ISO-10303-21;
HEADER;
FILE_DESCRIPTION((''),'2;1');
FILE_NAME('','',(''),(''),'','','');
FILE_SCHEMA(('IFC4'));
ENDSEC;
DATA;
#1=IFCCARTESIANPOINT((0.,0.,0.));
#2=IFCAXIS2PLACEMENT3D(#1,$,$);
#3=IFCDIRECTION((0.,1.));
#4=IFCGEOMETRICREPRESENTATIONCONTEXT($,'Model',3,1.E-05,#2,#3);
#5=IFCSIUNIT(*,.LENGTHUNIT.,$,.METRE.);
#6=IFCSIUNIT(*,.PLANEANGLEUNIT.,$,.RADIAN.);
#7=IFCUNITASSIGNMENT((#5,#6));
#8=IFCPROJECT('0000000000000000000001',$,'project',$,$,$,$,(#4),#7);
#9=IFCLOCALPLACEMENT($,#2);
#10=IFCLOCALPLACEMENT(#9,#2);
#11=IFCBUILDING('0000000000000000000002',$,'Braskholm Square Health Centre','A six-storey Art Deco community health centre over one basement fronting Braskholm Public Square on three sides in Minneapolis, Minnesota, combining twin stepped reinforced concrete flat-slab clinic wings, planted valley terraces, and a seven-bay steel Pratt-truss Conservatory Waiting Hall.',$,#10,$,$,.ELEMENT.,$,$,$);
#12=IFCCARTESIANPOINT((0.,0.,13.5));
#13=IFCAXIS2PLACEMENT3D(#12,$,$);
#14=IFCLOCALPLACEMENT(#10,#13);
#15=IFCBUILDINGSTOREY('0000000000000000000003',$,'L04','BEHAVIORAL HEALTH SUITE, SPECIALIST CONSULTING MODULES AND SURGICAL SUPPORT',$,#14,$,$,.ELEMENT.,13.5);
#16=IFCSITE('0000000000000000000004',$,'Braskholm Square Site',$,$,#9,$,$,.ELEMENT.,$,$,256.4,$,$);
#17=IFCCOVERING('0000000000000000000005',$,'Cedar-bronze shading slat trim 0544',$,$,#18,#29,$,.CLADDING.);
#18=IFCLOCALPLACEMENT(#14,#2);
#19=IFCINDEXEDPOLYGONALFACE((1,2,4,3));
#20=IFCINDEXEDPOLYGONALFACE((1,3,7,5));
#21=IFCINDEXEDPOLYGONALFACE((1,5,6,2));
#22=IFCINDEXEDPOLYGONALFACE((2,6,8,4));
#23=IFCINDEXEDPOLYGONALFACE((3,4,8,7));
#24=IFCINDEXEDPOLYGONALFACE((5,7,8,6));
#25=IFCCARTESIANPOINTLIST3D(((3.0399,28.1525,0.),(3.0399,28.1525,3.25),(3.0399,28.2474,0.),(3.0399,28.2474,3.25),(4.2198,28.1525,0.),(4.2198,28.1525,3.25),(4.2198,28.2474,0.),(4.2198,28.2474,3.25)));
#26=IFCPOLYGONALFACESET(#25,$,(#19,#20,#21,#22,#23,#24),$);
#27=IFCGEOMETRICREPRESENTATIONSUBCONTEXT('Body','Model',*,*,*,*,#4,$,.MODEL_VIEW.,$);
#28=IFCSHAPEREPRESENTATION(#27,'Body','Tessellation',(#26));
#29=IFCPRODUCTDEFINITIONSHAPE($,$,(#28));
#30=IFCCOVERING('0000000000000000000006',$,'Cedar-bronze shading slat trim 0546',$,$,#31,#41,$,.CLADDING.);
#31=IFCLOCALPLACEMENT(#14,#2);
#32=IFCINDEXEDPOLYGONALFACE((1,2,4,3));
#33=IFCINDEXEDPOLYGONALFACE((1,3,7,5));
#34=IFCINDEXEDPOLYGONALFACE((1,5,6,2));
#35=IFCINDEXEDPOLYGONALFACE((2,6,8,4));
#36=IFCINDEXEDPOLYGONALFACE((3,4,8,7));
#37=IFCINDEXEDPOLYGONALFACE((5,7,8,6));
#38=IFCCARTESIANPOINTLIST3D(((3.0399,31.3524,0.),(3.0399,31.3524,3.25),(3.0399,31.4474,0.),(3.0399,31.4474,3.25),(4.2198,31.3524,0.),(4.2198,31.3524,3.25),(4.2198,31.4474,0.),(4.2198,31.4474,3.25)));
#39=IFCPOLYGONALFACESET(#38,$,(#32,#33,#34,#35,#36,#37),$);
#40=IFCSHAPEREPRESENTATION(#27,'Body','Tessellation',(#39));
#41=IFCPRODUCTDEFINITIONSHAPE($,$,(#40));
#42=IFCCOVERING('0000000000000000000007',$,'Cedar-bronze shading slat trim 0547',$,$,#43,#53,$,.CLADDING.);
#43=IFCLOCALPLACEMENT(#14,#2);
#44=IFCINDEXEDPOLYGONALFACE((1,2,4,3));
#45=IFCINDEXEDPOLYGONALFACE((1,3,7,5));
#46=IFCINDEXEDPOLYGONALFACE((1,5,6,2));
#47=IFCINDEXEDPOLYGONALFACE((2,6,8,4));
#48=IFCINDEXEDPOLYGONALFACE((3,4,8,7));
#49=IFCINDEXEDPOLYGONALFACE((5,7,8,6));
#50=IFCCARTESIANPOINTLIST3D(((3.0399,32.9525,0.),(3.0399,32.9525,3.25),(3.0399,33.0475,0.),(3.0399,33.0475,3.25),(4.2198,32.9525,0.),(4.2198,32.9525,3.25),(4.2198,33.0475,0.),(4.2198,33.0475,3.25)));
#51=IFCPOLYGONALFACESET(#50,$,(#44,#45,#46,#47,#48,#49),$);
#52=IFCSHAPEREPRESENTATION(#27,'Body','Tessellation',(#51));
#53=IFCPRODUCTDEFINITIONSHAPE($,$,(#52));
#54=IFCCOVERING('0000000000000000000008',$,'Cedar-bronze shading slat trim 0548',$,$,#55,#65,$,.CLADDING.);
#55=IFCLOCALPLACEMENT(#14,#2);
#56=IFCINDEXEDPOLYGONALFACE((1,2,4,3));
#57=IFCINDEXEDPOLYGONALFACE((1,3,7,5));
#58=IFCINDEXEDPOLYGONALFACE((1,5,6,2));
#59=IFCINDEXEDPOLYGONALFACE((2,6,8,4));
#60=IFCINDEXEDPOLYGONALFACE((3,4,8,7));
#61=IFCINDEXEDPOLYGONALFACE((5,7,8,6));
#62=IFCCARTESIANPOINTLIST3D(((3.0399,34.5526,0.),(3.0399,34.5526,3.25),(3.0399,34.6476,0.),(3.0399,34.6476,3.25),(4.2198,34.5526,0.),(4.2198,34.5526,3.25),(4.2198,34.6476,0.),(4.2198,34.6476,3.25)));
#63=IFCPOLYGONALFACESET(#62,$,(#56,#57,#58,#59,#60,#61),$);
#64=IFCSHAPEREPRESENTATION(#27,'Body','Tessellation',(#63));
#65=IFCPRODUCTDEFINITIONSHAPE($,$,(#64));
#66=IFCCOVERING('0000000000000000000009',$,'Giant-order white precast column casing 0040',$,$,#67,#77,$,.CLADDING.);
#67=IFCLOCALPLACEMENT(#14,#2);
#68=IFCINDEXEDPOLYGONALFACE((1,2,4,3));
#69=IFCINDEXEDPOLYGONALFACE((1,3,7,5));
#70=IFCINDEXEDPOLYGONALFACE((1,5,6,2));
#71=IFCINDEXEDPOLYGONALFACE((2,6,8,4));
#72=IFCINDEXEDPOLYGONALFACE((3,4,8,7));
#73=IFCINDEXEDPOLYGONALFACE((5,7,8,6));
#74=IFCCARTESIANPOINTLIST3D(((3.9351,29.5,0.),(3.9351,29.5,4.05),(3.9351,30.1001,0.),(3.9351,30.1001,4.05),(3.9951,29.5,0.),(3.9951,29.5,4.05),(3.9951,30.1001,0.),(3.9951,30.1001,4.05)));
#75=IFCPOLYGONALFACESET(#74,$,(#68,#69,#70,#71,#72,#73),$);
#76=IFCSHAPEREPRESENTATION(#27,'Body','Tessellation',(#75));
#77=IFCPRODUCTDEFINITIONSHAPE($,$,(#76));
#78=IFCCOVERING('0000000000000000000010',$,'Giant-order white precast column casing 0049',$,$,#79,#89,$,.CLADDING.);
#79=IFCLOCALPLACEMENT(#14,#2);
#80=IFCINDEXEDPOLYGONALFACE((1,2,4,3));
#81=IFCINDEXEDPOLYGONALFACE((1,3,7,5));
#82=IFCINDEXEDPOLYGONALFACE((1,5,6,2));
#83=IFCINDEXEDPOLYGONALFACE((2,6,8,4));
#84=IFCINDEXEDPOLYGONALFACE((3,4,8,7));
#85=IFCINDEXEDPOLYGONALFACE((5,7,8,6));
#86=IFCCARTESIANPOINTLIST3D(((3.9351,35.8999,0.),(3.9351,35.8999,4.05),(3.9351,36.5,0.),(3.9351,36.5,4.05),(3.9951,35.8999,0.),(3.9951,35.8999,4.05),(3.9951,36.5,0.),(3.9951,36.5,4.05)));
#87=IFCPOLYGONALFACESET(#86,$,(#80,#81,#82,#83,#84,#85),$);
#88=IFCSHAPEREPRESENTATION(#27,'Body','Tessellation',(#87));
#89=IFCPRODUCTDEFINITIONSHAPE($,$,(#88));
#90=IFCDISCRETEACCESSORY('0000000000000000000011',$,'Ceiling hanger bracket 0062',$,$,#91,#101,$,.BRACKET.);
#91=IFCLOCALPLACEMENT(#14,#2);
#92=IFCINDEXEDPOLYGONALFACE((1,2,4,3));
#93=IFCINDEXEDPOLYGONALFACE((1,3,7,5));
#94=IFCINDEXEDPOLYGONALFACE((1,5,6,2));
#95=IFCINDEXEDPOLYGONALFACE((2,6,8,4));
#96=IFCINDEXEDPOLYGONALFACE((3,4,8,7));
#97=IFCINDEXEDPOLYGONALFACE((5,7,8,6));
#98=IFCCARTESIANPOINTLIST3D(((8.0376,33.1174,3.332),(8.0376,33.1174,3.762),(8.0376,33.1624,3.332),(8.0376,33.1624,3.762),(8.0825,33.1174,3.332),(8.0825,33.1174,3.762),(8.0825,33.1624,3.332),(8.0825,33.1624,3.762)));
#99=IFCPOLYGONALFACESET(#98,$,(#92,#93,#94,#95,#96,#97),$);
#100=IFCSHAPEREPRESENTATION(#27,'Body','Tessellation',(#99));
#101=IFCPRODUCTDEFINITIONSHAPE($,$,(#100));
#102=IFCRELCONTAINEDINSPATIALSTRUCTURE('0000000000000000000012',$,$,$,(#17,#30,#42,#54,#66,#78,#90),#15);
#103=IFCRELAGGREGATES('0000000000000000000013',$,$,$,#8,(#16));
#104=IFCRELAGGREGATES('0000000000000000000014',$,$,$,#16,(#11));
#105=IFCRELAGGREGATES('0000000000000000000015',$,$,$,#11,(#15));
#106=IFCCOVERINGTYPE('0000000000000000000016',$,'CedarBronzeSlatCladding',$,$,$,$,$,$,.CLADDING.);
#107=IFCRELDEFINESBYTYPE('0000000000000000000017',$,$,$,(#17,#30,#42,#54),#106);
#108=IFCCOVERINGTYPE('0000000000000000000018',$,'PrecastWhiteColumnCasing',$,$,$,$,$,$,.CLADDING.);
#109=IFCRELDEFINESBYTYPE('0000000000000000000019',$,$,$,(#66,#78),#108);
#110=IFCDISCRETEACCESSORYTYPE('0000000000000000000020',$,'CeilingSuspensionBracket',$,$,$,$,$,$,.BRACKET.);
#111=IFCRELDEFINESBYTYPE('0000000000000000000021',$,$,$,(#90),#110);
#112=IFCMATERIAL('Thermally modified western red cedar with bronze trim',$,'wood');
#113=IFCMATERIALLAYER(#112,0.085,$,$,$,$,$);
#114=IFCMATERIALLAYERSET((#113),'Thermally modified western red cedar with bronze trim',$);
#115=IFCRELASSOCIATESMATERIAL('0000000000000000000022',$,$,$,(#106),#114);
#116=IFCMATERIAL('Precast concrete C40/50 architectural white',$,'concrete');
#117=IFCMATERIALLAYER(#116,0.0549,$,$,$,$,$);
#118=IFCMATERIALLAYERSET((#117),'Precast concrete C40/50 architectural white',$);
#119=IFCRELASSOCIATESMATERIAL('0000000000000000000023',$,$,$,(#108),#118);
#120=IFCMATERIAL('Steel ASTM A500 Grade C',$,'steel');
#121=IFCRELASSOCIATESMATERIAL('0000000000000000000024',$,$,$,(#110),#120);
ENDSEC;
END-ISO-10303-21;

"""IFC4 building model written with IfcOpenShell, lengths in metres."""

from ifc_helpers import new_model, si_unit, direction, frame, origin, origin_2d, place, context, subcontext, project, spatial, rectangle, extrude, material, layer, layer_set, type_object, element, save


model = new_model("IFC4")

# Units and contexts
model_context = context("Model", 3, precision=1e-05, world=origin(), true_north=direction((0.0, 1.0)))
body_context = subcontext(model_context, "Body", "Model", "MODEL_VIEW")
ifc_project = project(units=[si_unit("LENGTHUNIT", "METRE"), si_unit("PLANEANGLEUNIT", "RADIAN")], contexts=[model_context])

# Site, building, storey
site_placement = place(None, origin())
site = spatial("IfcSite", under=ifc_project, at=site_placement, Name="Braskholm Square Site", CompositionType="ELEMENT", RefElevation=256.4)
building_placement = place(site_placement, origin())
building = spatial("IfcBuilding", under=site, at=building_placement, Name="Braskholm Square Health Centre", Description="A six-storey Art Deco community health centre over one basement fronting Braskholm Public Square on three sides in Minneapolis, Minnesota, combining twin stepped reinforced concrete flat-slab clinic wings, planted valley terraces, and a seven-bay steel Pratt-truss Conservatory Waiting Hall.", CompositionType="ELEMENT")
storey_placement = place(building_placement, frame((0.0, 0.0, 13.5)))
storey = spatial("IfcBuildingStorey", under=building, at=storey_placement, Name="L04", Description="BEHAVIORAL HEALTH SUITE, SPECIALIST CONSULTING MODULES AND SURGICAL SUPPORT", CompositionType="ELEMENT", Elevation=13.5)

# Shared definitions
ifc_material_1 = material(Name="Precast concrete C40/50 architectural white", Category="concrete")

# Shared definitions
ifc_material_2 = material(Name="Thermally modified western red cedar with bronze trim", Category="wood")

# Coverings
ifc_layer_1 = layer(ifc_material_2, 0.085)
ifc_layer_set_1 = layer_set([ifc_layer_1], Name="Thermally modified western red cedar with bronze trim")
covering_type_1 = type_object("IfcCoveringType", Name="CedarBronzeSlatCladding", PredefinedType="CLADDING", material=ifc_layer_set_1)
for number, where, z_axis, x_axis, name in (
    (1, (3.6299, 28.2, 0.0), (0.0, 0.0, 1.0), (1.0, 0.0, 0.0), "Cedar-bronze shading slat trim 0544"),
    (2, (3.6299, 31.3999, 0.0), (0.0, 0.0, 1.0), (1.0, 0.0, 0.0), "Cedar-bronze shading slat trim 0546"),
    (3, (3.6299, 33.0, 0.0), (0.0, 0.0, 1.0), (1.0, 0.0, 0.0), "Cedar-bronze shading slat trim 0547"),
    (4, (3.6299, 34.6001, 0.0), (0.0, 0.0, 1.0), (1.0, 0.0, 0.0), "Cedar-bronze shading slat trim 0548"),
):
    element("IfcCovering", number, at=place(storey_placement, frame(where, z_axis=z_axis, x_axis=x_axis)), inside=storey, type_object=covering_type_1, Name=name, PredefinedType="CLADDING", context=body_context, shape_type="SweptSolid", body=[
        extrude(rectangle(XDim=1.1799, YDim=0.095, at=origin_2d()), origin(), (0.0, 0.0, 1.0), 3.25),
    ])
ifc_layer_2 = layer(ifc_material_1, 0.0549)
ifc_layer_set_2 = layer_set([ifc_layer_2], Name="Precast concrete C40/50 architectural white")
covering_type_2 = type_object("IfcCoveringType", Name="PrecastWhiteColumnCasing", PredefinedType="CLADDING", material=ifc_layer_set_2)
for number, where, z_axis, x_axis, name in (
    (5, (3.9651, 29.8, 0.0), (0.0, 0.0, 1.0), (1.0, 0.0, 0.0), "Giant-order white precast column casing 0040"),
    (6, (3.9651, 36.2, 0.0), (0.0, 0.0, 1.0), (1.0, 0.0, 0.0), "Giant-order white precast column casing 0049"),
):
    element("IfcCovering", number, at=place(storey_placement, frame(where, z_axis=z_axis, x_axis=x_axis)), inside=storey, type_object=covering_type_2, Name=name, PredefinedType="CLADDING", context=body_context, shape_type="SweptSolid", body=[
        extrude(rectangle(XDim=0.0601, YDim=0.6001, at=origin_2d()), origin(), (0.0, 0.0, 1.0), 4.05),
    ])

# Discrete accessory
ifc_material_3 = material(Name="Steel ASTM A500 Grade C", Category="steel")
discrete_accessory_type = type_object("IfcDiscreteAccessoryType", Name="CeilingSuspensionBracket", PredefinedType="BRACKET", material=ifc_material_3)
discrete_accessory_placement = place(storey_placement, frame((8.0601, 33.1399, 3.332), z_axis=(0.0, 0.0, 1.0), x_axis=(1.0, 0.0, 0.0)))
element("IfcDiscreteAccessory", 7, at=discrete_accessory_placement, inside=storey, type_object=discrete_accessory_type, Name="Ceiling hanger bracket 0062", PredefinedType="BRACKET", context=body_context, shape_type="SweptSolid", body=[
    extrude(rectangle(XDim=0.0449, YDim=0.0449, at=origin_2d()), origin(), (0.0, 0.0, 1.0), 0.4299),
])

save(model, "model.ifc")
